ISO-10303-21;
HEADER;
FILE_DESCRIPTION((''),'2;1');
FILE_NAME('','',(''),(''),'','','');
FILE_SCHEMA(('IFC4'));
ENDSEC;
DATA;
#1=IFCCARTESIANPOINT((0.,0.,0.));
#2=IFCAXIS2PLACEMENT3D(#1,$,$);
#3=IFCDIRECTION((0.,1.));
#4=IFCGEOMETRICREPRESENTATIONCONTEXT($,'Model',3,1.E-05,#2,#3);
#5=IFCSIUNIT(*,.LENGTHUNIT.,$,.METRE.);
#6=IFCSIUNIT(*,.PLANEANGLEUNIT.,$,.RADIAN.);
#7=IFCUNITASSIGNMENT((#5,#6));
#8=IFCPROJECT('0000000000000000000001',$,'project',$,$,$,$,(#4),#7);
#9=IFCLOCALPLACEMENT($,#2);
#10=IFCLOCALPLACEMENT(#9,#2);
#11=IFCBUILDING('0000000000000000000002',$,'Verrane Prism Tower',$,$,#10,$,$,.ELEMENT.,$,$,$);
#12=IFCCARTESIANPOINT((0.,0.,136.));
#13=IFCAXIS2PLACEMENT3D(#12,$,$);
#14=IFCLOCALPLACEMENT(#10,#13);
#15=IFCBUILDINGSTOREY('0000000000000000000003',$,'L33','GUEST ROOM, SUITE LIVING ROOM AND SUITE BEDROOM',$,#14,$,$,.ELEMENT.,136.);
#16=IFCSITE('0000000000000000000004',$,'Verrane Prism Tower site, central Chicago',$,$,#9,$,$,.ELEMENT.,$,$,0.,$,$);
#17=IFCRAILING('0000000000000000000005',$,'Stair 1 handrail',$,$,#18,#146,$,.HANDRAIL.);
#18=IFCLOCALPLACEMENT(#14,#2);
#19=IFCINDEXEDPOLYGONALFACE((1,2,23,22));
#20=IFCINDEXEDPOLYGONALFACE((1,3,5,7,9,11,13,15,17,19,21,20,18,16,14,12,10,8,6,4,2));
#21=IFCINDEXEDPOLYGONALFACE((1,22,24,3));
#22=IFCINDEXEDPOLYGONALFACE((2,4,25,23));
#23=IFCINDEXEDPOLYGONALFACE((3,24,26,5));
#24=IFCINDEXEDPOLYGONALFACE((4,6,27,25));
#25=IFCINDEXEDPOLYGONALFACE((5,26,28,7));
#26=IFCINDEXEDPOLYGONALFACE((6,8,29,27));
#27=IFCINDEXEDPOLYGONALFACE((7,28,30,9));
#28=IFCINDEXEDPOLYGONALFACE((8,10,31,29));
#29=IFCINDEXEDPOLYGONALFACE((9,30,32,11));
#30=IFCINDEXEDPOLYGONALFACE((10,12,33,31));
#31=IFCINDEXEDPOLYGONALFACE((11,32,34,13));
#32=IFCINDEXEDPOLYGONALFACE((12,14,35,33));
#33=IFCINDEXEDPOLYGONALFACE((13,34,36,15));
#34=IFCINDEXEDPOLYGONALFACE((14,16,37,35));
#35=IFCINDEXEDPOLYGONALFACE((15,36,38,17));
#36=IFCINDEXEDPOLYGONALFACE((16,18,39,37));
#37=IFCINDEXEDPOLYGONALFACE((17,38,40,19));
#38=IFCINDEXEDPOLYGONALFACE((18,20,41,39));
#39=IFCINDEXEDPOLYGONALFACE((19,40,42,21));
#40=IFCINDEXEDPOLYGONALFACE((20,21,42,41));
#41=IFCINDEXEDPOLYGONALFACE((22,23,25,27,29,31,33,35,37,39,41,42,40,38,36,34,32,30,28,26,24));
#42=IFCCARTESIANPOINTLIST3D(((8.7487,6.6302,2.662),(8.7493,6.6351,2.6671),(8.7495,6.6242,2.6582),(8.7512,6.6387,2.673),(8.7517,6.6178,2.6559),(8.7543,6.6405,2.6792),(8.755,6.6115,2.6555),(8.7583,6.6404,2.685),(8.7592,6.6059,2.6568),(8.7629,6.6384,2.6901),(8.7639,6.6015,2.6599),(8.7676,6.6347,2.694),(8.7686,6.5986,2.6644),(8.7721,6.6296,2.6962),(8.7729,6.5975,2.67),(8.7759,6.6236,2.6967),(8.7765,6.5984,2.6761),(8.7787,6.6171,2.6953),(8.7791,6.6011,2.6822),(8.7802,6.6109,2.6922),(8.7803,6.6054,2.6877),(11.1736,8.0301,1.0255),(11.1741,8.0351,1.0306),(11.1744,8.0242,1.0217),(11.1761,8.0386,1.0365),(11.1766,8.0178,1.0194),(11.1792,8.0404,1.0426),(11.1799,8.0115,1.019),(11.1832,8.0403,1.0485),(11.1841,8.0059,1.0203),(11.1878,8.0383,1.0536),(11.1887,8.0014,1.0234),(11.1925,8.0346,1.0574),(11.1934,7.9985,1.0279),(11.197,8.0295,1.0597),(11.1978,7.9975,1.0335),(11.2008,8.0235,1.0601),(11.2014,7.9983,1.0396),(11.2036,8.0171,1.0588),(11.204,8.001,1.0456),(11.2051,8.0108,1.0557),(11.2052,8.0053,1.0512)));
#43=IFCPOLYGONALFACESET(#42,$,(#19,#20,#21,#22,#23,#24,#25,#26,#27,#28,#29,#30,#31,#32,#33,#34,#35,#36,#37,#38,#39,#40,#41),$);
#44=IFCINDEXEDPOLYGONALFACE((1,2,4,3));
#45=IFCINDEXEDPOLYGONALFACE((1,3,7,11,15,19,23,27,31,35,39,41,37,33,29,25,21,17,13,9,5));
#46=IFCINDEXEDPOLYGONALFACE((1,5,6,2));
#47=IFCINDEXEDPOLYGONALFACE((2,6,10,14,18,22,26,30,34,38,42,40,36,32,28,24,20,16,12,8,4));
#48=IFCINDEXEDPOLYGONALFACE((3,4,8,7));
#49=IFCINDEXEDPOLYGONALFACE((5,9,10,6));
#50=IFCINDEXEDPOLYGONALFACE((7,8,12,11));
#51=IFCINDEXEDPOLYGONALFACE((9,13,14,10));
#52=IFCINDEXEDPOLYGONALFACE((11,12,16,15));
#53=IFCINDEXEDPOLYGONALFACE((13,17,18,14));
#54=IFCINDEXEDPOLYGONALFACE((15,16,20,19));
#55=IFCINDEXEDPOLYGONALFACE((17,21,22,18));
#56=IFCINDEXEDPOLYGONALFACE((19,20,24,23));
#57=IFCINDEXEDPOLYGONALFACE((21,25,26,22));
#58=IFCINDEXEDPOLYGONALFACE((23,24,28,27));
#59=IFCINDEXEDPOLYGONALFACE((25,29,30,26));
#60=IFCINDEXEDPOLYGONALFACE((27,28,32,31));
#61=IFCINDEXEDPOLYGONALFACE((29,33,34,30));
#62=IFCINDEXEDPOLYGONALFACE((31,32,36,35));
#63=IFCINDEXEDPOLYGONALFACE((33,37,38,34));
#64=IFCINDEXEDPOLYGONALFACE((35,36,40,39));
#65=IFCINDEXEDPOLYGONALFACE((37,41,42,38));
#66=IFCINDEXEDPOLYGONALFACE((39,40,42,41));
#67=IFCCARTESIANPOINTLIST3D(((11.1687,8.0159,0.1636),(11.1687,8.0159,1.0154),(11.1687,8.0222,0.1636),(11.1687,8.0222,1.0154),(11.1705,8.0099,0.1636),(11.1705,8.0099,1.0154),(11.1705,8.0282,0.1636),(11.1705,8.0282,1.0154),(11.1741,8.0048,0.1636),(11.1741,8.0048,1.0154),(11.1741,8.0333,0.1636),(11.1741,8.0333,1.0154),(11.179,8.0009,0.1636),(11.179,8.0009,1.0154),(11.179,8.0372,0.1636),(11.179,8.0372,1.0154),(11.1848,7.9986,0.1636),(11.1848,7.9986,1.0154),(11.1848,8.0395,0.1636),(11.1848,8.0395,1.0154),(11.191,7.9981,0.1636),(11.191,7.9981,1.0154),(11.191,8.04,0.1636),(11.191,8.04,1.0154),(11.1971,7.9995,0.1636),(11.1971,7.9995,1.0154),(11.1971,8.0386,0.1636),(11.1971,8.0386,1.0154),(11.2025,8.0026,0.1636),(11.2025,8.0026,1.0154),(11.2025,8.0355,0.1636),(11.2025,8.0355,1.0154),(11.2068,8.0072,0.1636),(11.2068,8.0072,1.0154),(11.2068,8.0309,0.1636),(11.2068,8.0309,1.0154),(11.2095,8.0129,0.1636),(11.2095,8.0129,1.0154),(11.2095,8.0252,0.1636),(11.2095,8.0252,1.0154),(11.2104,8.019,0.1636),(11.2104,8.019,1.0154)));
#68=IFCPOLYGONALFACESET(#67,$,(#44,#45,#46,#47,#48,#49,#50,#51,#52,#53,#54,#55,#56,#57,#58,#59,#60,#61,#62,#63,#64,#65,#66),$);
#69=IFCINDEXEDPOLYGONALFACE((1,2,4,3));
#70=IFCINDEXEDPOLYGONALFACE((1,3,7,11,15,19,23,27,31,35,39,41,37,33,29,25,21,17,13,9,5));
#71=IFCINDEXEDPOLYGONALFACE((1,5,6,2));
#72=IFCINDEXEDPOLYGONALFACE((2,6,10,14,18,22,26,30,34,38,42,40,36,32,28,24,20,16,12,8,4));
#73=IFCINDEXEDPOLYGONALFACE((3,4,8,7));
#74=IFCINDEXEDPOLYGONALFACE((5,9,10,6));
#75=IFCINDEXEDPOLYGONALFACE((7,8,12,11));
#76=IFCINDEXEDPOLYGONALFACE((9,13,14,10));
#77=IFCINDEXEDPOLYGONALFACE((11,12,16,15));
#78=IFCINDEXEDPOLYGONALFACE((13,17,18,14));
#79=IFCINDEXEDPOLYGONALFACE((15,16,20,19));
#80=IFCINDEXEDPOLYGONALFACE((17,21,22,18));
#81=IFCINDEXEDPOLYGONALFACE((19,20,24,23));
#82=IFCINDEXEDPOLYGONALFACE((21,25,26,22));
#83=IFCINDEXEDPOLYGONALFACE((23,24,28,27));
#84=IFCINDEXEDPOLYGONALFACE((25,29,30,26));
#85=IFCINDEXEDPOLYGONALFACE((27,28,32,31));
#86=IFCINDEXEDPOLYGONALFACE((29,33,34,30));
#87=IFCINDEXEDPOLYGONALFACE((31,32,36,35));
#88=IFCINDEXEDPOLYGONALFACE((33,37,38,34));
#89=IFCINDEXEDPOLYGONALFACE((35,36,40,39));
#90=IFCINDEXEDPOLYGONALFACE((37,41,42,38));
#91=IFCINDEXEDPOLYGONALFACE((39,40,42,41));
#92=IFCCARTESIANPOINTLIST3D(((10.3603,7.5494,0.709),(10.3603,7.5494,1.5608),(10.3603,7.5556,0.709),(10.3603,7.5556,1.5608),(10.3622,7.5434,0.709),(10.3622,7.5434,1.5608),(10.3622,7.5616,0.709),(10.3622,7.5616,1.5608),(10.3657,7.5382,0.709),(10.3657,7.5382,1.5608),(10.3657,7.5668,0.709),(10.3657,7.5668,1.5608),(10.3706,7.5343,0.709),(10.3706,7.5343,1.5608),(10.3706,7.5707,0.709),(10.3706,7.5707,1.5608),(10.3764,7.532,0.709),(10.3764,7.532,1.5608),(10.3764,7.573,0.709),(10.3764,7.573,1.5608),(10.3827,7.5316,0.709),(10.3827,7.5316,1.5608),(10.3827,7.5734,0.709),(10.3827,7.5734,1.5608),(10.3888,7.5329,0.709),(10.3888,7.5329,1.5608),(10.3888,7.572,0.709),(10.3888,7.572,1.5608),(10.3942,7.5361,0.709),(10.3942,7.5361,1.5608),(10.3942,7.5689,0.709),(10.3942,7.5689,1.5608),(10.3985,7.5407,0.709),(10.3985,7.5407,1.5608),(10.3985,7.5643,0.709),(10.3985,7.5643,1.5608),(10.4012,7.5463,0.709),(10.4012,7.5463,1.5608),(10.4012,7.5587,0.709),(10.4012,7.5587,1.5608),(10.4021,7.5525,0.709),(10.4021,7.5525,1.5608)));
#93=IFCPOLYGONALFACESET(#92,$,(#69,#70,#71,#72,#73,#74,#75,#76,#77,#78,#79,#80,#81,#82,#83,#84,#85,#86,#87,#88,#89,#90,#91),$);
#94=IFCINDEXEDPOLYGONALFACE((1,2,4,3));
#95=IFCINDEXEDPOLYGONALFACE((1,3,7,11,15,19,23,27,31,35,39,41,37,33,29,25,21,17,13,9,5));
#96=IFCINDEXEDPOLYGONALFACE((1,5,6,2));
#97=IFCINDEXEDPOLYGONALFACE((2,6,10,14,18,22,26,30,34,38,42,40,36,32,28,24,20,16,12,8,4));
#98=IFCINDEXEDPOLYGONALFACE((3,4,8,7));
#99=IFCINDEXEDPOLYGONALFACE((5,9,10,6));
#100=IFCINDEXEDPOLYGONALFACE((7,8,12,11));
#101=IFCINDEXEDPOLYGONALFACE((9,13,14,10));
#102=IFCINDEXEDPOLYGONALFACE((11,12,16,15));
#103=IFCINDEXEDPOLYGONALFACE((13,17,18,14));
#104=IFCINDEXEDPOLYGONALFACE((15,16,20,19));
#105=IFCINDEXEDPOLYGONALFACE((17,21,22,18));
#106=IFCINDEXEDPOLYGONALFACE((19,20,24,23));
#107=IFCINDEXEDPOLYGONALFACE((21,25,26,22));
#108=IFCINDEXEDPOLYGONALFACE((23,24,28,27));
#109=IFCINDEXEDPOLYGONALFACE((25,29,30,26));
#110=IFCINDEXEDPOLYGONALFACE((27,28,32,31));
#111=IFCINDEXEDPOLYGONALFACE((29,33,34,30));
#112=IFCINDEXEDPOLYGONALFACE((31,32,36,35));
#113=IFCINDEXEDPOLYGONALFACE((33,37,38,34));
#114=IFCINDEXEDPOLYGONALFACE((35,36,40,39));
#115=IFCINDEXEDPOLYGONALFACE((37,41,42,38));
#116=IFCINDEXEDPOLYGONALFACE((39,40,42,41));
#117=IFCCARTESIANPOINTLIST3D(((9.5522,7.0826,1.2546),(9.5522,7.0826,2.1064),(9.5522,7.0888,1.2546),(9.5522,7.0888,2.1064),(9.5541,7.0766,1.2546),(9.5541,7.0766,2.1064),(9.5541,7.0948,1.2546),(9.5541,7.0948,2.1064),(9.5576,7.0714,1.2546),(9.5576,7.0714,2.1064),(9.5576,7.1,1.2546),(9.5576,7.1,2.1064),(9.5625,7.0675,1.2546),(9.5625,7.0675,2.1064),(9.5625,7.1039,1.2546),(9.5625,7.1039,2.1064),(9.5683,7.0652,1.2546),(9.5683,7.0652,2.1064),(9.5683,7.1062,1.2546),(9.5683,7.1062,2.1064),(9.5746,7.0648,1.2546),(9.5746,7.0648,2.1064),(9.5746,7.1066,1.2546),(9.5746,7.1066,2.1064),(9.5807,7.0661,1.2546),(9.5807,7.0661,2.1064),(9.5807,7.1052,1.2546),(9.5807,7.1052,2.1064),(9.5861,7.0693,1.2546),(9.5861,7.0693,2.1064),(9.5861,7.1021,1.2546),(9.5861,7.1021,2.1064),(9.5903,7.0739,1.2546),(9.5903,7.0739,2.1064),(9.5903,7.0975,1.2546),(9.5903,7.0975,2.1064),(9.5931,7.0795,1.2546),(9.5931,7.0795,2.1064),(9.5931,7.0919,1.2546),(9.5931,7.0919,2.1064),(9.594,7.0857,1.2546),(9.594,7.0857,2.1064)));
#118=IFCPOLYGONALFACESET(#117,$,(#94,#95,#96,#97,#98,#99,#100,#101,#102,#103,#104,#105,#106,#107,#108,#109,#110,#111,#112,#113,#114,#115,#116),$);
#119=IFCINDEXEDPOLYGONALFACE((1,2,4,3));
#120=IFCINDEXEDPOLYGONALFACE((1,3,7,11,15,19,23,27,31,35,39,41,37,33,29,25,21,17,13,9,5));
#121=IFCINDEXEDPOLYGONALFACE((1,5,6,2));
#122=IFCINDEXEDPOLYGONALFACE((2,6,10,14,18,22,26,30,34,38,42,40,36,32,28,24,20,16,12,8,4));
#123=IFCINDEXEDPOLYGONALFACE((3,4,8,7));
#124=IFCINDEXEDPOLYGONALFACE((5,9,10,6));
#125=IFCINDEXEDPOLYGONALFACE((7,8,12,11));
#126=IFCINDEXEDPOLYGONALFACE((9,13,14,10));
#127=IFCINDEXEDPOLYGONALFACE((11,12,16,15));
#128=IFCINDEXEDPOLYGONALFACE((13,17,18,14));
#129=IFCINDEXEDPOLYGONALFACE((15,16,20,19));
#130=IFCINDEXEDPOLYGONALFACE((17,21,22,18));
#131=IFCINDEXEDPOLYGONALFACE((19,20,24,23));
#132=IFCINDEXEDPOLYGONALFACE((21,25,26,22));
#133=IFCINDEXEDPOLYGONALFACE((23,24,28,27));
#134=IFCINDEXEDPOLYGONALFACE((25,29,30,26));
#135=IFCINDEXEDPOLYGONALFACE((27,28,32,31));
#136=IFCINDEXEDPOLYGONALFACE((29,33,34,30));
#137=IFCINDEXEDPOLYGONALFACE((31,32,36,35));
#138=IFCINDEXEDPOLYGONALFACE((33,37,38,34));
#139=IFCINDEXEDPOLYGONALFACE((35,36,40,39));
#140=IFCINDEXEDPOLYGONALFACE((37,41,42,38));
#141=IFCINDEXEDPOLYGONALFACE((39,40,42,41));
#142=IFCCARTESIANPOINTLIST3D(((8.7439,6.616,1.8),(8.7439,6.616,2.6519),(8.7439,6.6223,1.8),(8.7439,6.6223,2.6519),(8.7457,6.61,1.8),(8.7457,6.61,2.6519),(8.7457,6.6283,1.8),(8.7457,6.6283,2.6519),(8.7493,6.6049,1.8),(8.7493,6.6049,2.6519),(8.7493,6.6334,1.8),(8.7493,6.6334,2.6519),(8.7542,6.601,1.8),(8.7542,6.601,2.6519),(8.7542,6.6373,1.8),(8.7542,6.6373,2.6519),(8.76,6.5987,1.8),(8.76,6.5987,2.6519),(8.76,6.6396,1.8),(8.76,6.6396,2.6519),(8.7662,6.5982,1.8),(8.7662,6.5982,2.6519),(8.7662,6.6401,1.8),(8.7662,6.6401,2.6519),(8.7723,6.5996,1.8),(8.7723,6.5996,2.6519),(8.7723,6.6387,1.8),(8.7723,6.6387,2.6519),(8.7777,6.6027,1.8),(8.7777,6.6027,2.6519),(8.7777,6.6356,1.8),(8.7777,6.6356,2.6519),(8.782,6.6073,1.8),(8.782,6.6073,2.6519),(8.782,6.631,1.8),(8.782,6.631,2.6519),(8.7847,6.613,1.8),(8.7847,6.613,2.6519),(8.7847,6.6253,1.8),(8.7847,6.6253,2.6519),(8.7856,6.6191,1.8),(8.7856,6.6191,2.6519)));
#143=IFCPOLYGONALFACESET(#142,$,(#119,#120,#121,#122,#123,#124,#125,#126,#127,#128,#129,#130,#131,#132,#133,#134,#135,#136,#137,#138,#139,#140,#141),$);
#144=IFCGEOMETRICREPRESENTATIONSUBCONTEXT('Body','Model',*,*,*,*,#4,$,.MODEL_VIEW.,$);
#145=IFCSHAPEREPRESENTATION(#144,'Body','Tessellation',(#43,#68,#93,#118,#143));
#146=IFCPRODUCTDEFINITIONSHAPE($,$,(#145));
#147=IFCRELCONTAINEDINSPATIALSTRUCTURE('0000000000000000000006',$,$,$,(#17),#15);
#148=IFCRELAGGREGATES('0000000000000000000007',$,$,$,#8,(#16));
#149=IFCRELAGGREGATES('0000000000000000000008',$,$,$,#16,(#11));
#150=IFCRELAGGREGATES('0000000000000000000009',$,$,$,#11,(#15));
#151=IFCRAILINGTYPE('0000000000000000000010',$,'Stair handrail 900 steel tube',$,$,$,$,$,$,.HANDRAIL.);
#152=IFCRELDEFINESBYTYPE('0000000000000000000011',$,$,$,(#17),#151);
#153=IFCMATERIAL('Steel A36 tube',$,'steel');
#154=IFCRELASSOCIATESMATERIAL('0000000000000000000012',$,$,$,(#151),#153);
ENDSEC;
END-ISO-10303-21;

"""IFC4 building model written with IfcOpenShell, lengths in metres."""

from ifc_helpers import new_model, si_unit, direction, frame, origin, origin_2d, place, context, subcontext, project, spatial, circle, extrude, material, type_object, element, save


model = new_model("IFC4")

# Units and contexts
model_context = context("Model", 3, precision=1e-05, world=origin(), true_north=direction((0.0, 1.0)))
body_context = subcontext(model_context, "Body", "Model", "MODEL_VIEW")
ifc_project = project(units=[si_unit("LENGTHUNIT", "METRE"), si_unit("PLANEANGLEUNIT", "RADIAN")], contexts=[model_context])

# Site, building, storey
site_placement = place(None, origin())
site = spatial("IfcSite", under=ifc_project, at=site_placement, Name="Verrane Prism Tower site, central Chicago", CompositionType="ELEMENT", RefElevation=0.0)
building_placement = place(site_placement, origin())
building = spatial("IfcBuilding", under=site, at=building_placement, Name="Verrane Prism Tower", CompositionType="ELEMENT")
storey_placement = place(building_placement, frame((0.0, 0.0, 136.0)))
storey = spatial("IfcBuildingStorey", under=building, at=storey_placement, Name="L33", Description="GUEST ROOM, SUITE LIVING ROOM AND SUITE BEDROOM", CompositionType="ELEMENT", Elevation=136.0)

# Railing
ifc_material_1 = material(Name="Steel A36 tube", Category="steel")
railing_type_1 = type_object("IfcRailingType", Name="Stair handrail 900 steel tube", PredefinedType="HANDRAIL", material=ifc_material_1)
railing_1_placement = place(storey_placement, frame((11.1895, 8.019, 0.1636)))
element("IfcRailing", 1, at=railing_1_placement, inside=storey, type_object=railing_type_1, Name="Stair 1 handrail", PredefinedType="HANDRAIL", context=body_context, shape_type="SweptSolid", body=[
    extrude(circle(Radius=0.0239, at=origin_2d()), frame((0.0, 0.0, 0.876), z_axis=(-0.74769, -0.431661, 0.504608), x_axis=(0.499984, -0.866035, 0.0)), (0.0, 0.0, 1.0), 3.2432),
    extrude(circle(Radius=0.021, at=origin_2d()), origin(), (0.0, 0.0, 1.0), 0.8518),
    extrude(circle(Radius=0.021, at=origin_2d()), frame((-0.8083, -0.4666, 0.5454)), (0.0, 0.0, 1.0), 0.8518),
    extrude(circle(Radius=0.021, at=origin_2d()), frame((-1.6165, -0.9333, 1.0911)), (0.0, 0.0, 1.0), 0.8518),
    extrude(circle(Radius=0.021, at=origin_2d()), frame((-2.4248, -1.3999, 1.6365)), (0.0, 0.0, 1.0), 0.8518),
])

save(model, "model.ifc")
